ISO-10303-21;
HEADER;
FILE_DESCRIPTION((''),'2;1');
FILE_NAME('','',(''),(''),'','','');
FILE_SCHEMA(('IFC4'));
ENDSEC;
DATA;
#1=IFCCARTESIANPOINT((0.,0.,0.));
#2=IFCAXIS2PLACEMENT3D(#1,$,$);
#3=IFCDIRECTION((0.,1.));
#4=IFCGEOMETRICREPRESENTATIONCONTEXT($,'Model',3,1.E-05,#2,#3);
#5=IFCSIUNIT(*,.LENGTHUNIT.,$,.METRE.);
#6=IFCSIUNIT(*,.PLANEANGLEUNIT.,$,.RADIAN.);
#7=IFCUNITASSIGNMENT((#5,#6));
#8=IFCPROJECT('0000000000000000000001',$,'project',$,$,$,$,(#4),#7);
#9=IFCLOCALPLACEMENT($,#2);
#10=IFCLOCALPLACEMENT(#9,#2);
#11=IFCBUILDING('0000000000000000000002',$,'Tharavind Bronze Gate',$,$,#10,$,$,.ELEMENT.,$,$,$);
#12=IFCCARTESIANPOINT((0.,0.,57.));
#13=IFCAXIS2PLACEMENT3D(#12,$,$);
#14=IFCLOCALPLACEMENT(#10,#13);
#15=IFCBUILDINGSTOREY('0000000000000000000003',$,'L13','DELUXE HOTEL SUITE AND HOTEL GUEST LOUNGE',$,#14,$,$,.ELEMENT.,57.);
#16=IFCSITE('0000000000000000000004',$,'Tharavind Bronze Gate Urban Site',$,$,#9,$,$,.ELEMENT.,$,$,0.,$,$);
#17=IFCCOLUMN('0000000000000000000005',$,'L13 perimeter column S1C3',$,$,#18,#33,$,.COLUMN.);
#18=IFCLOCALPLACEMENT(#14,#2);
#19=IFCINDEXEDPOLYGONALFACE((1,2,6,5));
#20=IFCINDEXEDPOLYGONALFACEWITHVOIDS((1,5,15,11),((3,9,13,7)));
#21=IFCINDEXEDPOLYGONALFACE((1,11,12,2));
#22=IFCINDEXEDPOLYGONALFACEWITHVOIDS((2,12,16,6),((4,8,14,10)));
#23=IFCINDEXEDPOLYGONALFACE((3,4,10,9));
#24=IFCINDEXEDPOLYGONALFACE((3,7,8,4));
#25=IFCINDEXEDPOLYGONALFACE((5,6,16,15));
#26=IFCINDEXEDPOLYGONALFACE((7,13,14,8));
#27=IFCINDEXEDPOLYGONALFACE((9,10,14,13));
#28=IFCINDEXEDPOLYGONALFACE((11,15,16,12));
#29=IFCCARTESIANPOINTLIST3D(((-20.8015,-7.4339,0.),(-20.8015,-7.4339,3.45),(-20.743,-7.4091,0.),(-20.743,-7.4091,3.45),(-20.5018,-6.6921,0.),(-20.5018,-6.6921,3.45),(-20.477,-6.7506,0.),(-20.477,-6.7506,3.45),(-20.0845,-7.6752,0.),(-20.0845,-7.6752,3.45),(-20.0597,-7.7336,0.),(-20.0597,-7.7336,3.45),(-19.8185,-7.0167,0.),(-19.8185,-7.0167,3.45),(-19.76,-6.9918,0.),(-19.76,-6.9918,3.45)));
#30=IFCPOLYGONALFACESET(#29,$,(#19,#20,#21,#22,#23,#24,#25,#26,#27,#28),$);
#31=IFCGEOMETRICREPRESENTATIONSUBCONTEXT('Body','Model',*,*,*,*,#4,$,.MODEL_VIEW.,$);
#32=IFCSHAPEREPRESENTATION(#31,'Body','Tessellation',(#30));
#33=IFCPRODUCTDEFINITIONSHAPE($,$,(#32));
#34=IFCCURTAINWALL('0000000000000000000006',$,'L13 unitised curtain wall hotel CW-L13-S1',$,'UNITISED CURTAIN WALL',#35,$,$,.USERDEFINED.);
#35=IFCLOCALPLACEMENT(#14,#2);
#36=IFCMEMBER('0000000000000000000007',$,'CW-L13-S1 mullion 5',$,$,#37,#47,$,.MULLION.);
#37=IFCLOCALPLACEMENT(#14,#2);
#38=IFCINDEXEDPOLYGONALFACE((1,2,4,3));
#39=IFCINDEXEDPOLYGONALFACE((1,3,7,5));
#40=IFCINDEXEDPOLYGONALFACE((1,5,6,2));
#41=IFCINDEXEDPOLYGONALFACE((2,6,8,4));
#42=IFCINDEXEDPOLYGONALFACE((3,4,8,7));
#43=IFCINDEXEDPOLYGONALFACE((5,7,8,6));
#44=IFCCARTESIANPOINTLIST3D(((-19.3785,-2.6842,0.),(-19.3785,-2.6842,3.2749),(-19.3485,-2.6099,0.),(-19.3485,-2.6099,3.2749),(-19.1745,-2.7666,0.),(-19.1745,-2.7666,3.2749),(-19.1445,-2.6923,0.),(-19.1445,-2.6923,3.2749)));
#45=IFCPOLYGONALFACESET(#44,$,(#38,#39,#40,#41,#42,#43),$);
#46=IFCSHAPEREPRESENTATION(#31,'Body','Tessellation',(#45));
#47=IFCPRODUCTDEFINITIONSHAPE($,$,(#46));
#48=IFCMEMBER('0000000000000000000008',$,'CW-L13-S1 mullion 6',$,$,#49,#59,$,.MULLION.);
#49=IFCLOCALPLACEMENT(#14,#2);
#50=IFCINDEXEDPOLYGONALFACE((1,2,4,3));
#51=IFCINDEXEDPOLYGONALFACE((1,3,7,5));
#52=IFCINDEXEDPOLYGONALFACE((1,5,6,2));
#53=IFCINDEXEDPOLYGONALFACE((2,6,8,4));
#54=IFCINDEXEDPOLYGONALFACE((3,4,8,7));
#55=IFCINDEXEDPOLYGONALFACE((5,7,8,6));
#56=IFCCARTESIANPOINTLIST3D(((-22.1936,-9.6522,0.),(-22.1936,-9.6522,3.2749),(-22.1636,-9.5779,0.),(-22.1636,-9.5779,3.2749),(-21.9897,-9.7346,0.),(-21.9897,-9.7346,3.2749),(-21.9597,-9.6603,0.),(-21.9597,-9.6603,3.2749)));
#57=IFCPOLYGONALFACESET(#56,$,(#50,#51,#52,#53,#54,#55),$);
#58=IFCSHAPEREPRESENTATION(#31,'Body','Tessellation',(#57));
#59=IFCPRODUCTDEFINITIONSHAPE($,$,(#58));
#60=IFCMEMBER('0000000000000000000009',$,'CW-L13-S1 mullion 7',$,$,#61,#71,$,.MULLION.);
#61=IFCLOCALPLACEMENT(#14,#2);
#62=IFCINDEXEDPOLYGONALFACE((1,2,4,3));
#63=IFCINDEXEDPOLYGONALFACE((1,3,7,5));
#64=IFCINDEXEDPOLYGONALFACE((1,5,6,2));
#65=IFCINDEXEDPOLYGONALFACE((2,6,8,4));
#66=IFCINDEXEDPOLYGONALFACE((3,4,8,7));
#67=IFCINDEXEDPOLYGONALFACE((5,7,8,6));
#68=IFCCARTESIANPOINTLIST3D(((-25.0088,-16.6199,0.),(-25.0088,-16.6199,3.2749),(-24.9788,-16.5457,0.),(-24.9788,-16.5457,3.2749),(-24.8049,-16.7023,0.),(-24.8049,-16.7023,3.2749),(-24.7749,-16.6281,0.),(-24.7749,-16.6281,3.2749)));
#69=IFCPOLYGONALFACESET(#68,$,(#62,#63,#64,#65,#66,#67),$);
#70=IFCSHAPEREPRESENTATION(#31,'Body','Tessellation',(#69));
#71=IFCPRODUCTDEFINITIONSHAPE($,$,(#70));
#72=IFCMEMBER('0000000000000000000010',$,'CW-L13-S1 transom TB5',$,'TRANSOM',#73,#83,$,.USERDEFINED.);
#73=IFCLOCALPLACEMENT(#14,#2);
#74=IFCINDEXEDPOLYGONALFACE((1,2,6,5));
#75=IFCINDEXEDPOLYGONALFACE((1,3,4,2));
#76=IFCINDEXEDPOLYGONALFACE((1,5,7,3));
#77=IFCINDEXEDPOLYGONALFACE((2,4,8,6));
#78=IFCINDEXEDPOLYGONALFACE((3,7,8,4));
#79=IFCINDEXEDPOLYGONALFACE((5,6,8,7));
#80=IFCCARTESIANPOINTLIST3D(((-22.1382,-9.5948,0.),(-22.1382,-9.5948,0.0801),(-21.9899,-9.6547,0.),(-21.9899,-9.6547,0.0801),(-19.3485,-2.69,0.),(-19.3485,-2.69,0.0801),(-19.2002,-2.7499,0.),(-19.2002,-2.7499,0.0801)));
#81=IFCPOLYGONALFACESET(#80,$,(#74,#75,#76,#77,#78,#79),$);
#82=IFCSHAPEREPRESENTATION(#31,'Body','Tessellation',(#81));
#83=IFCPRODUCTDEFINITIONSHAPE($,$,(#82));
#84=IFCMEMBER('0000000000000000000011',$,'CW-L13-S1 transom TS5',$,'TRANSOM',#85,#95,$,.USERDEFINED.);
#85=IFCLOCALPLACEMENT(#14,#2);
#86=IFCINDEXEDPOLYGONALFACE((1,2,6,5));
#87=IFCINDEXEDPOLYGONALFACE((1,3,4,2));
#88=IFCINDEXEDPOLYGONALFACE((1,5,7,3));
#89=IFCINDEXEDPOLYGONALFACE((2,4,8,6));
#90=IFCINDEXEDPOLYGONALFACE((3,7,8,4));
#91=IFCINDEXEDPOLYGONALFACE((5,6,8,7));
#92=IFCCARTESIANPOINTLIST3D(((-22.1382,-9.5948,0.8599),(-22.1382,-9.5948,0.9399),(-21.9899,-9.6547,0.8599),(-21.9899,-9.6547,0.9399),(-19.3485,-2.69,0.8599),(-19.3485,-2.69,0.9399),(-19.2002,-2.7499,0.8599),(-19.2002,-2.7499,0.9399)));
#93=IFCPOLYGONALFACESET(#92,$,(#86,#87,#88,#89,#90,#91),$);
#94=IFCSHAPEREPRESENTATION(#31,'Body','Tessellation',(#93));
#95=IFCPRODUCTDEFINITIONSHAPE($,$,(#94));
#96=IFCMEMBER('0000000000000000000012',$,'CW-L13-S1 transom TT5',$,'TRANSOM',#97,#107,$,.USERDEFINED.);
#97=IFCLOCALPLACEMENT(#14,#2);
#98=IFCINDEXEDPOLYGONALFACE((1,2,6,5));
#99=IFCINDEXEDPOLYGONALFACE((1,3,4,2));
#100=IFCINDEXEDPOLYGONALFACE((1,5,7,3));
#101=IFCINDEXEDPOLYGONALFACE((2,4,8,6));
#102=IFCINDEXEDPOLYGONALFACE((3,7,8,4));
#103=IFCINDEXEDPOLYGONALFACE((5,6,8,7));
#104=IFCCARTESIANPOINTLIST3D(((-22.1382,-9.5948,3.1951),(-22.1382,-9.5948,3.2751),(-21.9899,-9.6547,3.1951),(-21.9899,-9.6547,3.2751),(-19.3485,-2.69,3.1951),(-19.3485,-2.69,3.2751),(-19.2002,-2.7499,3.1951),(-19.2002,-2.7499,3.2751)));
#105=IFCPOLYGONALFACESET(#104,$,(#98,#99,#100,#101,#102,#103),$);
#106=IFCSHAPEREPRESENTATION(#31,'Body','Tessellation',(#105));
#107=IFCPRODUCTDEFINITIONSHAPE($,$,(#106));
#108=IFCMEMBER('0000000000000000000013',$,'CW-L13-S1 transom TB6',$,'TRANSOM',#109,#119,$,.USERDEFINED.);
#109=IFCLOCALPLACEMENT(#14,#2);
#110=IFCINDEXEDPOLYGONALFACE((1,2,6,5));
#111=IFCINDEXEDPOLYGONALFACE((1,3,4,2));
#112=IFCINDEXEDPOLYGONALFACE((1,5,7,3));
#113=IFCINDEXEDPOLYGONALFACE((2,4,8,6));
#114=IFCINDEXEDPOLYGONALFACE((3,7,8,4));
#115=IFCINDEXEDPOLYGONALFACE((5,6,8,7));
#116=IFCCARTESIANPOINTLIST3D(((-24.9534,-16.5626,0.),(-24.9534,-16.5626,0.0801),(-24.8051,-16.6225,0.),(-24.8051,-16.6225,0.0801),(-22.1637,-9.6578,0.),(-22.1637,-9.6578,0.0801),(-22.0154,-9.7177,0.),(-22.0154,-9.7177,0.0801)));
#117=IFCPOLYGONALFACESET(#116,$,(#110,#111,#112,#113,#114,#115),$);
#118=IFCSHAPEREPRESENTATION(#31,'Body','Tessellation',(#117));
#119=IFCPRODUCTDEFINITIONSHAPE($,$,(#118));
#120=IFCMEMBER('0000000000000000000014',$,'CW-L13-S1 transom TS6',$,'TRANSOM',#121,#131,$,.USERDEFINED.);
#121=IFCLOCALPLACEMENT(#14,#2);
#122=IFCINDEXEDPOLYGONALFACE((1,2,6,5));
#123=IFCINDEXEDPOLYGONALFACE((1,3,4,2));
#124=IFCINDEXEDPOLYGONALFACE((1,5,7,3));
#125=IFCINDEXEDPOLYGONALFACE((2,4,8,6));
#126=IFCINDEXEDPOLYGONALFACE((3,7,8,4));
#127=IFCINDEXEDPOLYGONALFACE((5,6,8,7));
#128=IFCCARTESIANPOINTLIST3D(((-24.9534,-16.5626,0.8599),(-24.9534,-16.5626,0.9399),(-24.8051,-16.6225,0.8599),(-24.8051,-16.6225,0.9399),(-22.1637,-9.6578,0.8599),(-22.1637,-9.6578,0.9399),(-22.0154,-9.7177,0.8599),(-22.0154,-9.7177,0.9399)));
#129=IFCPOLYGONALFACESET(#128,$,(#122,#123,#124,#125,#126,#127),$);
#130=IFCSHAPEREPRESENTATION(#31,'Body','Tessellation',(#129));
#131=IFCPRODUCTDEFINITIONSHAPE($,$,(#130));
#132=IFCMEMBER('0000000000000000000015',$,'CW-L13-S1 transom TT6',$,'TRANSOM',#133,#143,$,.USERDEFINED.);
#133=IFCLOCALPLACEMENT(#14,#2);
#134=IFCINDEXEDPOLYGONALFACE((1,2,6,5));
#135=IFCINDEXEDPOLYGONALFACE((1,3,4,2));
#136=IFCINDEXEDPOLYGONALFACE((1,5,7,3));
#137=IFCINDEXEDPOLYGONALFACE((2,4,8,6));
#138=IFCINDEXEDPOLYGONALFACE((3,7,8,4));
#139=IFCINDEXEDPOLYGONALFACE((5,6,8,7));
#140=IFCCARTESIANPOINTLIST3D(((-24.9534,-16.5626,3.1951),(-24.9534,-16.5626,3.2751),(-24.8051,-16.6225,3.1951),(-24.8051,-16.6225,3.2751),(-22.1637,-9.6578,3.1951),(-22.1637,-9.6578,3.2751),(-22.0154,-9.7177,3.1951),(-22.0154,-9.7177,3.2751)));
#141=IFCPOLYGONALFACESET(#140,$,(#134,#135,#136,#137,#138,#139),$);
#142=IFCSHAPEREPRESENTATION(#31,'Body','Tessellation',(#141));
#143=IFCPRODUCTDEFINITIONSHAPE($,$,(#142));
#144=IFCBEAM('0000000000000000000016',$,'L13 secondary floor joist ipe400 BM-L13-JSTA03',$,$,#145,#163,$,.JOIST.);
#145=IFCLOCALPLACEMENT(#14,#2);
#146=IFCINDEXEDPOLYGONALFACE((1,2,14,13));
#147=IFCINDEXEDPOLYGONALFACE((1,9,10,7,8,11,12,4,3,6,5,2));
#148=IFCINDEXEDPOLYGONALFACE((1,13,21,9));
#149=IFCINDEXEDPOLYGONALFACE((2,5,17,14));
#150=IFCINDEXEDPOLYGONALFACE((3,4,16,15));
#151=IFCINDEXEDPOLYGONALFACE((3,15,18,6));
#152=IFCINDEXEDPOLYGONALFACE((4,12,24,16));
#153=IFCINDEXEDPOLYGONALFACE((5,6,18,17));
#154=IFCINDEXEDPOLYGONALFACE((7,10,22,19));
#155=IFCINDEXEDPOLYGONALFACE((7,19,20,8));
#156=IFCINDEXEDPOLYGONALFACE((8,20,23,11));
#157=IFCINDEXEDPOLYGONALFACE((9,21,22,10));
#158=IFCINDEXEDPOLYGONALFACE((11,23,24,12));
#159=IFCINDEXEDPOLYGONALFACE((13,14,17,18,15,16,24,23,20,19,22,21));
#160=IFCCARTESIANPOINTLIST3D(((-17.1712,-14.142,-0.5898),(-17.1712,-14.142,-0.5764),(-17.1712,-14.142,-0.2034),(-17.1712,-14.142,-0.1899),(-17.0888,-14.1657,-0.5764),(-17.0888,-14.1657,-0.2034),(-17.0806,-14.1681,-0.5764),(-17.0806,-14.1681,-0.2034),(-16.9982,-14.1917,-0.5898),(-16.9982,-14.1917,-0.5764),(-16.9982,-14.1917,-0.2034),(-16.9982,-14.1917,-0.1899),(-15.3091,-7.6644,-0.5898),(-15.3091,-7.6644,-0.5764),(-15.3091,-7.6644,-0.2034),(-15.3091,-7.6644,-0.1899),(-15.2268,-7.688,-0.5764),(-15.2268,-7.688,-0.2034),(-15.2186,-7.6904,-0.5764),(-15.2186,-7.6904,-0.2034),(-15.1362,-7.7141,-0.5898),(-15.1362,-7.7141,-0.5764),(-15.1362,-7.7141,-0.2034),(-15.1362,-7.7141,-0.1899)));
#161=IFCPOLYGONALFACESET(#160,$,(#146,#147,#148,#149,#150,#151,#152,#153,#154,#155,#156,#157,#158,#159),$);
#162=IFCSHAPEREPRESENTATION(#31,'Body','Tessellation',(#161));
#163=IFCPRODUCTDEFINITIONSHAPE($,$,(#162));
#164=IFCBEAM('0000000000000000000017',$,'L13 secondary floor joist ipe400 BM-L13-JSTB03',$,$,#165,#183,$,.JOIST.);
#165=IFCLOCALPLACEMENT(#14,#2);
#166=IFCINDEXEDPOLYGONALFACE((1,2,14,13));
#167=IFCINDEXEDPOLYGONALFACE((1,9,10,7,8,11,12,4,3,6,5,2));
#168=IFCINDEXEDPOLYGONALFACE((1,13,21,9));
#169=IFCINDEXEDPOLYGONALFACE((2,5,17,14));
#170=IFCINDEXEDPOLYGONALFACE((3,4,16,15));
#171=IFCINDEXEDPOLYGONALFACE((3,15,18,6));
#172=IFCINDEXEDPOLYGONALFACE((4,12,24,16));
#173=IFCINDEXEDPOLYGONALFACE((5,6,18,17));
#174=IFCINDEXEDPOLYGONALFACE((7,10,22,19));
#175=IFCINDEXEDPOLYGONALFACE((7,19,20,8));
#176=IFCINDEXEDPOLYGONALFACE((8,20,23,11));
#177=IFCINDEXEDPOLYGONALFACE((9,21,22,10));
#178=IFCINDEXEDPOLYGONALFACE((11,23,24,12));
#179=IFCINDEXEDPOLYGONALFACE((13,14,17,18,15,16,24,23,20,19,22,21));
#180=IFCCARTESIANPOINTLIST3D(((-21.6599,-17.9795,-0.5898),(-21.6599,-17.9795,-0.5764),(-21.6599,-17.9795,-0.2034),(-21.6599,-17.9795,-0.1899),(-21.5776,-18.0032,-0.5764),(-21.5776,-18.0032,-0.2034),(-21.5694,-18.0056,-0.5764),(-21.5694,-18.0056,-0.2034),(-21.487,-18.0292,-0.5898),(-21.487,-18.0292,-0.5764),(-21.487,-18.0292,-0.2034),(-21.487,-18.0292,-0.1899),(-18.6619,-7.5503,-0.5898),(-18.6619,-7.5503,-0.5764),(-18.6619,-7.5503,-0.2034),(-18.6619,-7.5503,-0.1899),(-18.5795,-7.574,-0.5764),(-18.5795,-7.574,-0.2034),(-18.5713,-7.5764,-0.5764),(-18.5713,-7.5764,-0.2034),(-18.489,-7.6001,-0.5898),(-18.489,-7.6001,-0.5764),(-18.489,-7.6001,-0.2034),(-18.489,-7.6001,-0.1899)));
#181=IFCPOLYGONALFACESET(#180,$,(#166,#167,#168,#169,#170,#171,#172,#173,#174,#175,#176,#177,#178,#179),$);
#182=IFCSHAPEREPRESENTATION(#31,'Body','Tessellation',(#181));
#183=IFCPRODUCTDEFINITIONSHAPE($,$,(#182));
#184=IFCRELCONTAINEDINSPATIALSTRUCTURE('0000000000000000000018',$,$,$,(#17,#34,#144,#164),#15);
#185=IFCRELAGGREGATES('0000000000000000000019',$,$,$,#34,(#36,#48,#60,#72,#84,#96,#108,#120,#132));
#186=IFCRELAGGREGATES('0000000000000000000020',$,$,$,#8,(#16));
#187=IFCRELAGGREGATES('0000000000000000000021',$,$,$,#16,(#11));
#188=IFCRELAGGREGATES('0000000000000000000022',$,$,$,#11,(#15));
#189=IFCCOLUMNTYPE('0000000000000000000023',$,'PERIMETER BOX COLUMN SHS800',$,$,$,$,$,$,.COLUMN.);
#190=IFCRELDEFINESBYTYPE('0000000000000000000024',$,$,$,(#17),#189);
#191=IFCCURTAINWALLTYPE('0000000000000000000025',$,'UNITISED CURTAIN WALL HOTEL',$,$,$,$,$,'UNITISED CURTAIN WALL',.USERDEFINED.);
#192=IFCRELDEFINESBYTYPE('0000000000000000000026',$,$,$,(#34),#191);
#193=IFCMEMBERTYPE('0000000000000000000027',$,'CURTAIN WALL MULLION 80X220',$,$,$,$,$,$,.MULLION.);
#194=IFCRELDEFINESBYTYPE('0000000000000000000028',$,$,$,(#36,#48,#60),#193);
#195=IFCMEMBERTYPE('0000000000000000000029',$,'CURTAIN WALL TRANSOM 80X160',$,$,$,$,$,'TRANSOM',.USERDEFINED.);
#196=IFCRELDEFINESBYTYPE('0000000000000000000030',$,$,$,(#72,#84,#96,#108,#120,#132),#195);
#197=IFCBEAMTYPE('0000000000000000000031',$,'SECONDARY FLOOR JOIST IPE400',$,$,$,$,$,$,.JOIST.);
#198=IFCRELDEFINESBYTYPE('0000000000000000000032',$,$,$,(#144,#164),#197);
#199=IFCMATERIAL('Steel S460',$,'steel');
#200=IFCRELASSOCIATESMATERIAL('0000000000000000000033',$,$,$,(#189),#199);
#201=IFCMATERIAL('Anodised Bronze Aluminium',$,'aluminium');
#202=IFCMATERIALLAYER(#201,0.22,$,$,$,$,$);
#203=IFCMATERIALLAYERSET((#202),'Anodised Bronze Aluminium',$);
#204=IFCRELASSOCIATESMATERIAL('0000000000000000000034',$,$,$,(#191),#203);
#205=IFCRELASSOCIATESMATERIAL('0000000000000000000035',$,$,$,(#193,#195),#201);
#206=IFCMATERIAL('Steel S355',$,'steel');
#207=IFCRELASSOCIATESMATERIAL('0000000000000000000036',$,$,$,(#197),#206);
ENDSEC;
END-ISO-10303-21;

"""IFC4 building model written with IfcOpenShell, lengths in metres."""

from ifc_helpers import new_model, si_unit, direction, frame, origin, origin_2d, place, context, subcontext, project, spatial, rectangle, hollow_rectangle, i_section, extrude, material, layer, layer_set, material_profile, profile_set, type_object, element, aggregate, save


model = new_model("IFC4")

# Units and contexts
model_context = context("Model", 3, precision=1e-05, world=origin(), true_north=direction((0.0, 1.0)))
body_context = subcontext(model_context, "Body", "Model", "MODEL_VIEW")
ifc_project = project(units=[si_unit("LENGTHUNIT", "METRE"), si_unit("PLANEANGLEUNIT", "RADIAN")], contexts=[model_context])

# Site, building, storey
site_placement = place(None, origin())
site = spatial("IfcSite", under=ifc_project, at=site_placement, Name="Tharavind Bronze Gate Urban Site", CompositionType="ELEMENT", RefElevation=0.0)
building_placement = place(site_placement, origin())
building = spatial("IfcBuilding", under=site, at=building_placement, Name="Tharavind Bronze Gate", CompositionType="ELEMENT")
storey_placement = place(building_placement, frame((0.0, 0.0, 57.0)))
storey = spatial("IfcBuildingStorey", under=building, at=storey_placement, Name="L13", Description="DELUXE HOTEL SUITE AND HOTEL GUEST LOUNGE", CompositionType="ELEMENT", Elevation=57.0)

# Column
ifc_material_1 = material(Name="Steel S460", Category="steel")
ifc_material_profile_1 = material_profile(ifc_material_1, hollow_rectangle(XDim=0.8, YDim=0.8, WallThickness=0.0449, at=origin_2d()), Name="SHS800X45")
ifc_profile_set_1 = profile_set([ifc_material_profile_1], Name="Steel S460")
column_type = type_object("IfcColumnType", Name="PERIMETER BOX COLUMN SHS800", PredefinedType="COLUMN", material=ifc_profile_set_1)
column_placement = place(storey_placement, frame((-20.2808, -7.2129, 0.0), z_axis=(0.0, 0.0, 1.0), x_axis=(0.374608, 0.927183, 0.0)))
element("IfcColumn", 1, at=column_placement, inside=storey, type_object=column_type, Name="L13 perimeter column S1C3", PredefinedType="COLUMN", context=body_context, shape_type="SweptSolid", body=[
    extrude(hollow_rectangle(XDim=0.8, YDim=0.8, WallThickness=0.0449, at=origin_2d()), origin(), (0.0, 0.0, 1.0), 3.45),
])

# Curtain wall, members
ifc_material_2 = material(Name="Anodised Bronze Aluminium", Category="aluminium")
ifc_layer_1 = layer(ifc_material_2, 0.22)
ifc_layer_set_1 = layer_set([ifc_layer_1], Name="Anodised Bronze Aluminium")
curtain_wall_type = type_object("IfcCurtainWallType", Name="UNITISED CURTAIN WALL HOTEL", ElementType="UNITISED CURTAIN WALL", PredefinedType="USERDEFINED", material=ifc_layer_set_1)
curtain_wall_placement = place(storey_placement, origin())
curtain_wall = element("IfcCurtainWall", 2, at=curtain_wall_placement, inside=storey, type_object=curtain_wall_type, Name="L13 unitised curtain wall hotel CW-L13-S1", ObjectType="UNITISED CURTAIN WALL", PredefinedType="USERDEFINED")
member_type_1 = type_object("IfcMemberType", Name="CURTAIN WALL MULLION 80X220", PredefinedType="MULLION", material=ifc_material_2)
member_1_placement = place(storey_placement, frame((-19.2615, -2.6882, 0.0), z_axis=(0.0, 0.0, 1.0), x_axis=(-0.374607, -0.927184, 0.0)))
member_1 = element("IfcMember", 3, at=member_1_placement, type_object=member_type_1, Name="CW-L13-S1 mullion 5", PredefinedType="MULLION", context=body_context, shape_type="SweptSolid", body=[
    extrude(rectangle(XDim=0.0801, YDim=0.22, at=origin_2d()), origin(), (0.0, 0.0, 1.0), 3.2749),
])
member_2_placement = place(storey_placement, frame((-22.0767, -9.6562, 0.0), z_axis=(0.0, 0.0, 1.0), x_axis=(-0.374607, -0.927184, 0.0)))
member_2 = element("IfcMember", 4, at=member_2_placement, type_object=member_type_1, Name="CW-L13-S1 mullion 6", PredefinedType="MULLION", context=body_context, shape_type="SweptSolid", body=[
    extrude(rectangle(XDim=0.0801, YDim=0.22, at=origin_2d()), origin(), (0.0, 0.0, 1.0), 3.2749),
])
member_3_placement = place(storey_placement, frame((-24.8918, -16.624, 0.0), z_axis=(0.0, 0.0, 1.0), x_axis=(-0.374607, -0.927184, 0.0)))
member_3 = element("IfcMember", 5, at=member_3_placement, type_object=member_type_1, Name="CW-L13-S1 mullion 7", PredefinedType="MULLION", context=body_context, shape_type="SweptSolid", body=[
    extrude(rectangle(XDim=0.0801, YDim=0.22, at=origin_2d()), origin(), (0.0, 0.0, 1.0), 3.2749),
])
member_type_2 = type_object("IfcMemberType", Name="CURTAIN WALL TRANSOM 80X160", ElementType="TRANSOM", PredefinedType="USERDEFINED", material=ifc_material_2)
member_4_placement = place(storey_placement, frame((-20.6692, -6.1724, 0.0), z_axis=(0.0, 0.0, 1.0), x_axis=(-0.374607, -0.927184, 0.0)))
member_4 = element("IfcMember", 6, at=member_4_placement, type_object=member_type_2, Name="CW-L13-S1 transom TB5", ObjectType="TRANSOM", PredefinedType="USERDEFINED", context=body_context, shape_type="SweptSolid", body=[
    extrude(rectangle(XDim=7.447, YDim=0.1599, at=origin_2d()), origin(), (0.0, 0.0, 1.0), 0.0801),
])
member_5_placement = place(storey_placement, frame((-20.6692, -6.1724, 0.8599), z_axis=(0.0, 0.0, 1.0), x_axis=(-0.374607, -0.927184, 0.0)))
member_5 = element("IfcMember", 7, at=member_5_placement, type_object=member_type_2, Name="CW-L13-S1 transom TS5", ObjectType="TRANSOM", PredefinedType="USERDEFINED", context=body_context, shape_type="SweptSolid", body=[
    extrude(rectangle(XDim=7.447, YDim=0.1599, at=origin_2d()), origin(), (0.0, 0.0, 1.0), 0.0801),
])
member_6_placement = place(storey_placement, frame((-20.6692, -6.1724, 3.1951), z_axis=(0.0, 0.0, 1.0), x_axis=(-0.374607, -0.927184, 0.0)))
member_6 = element("IfcMember", 8, at=member_6_placement, type_object=member_type_2, Name="CW-L13-S1 transom TT5", ObjectType="TRANSOM", PredefinedType="USERDEFINED", context=body_context, shape_type="SweptSolid", body=[
    extrude(rectangle(XDim=7.447, YDim=0.1599, at=origin_2d()), origin(), (0.0, 0.0, 1.0), 0.0801),
])
member_7_placement = place(storey_placement, frame((-23.4844, -13.1401, 0.0), z_axis=(0.0, 0.0, 1.0), x_axis=(-0.374607, -0.927184, 0.0)))
member_7 = element("IfcMember", 9, at=member_7_placement, type_object=member_type_2, Name="CW-L13-S1 transom TB6", ObjectType="TRANSOM", PredefinedType="USERDEFINED", context=body_context, shape_type="SweptSolid", body=[
    extrude(rectangle(XDim=7.447, YDim=0.1599, at=origin_2d()), origin(), (0.0, 0.0, 1.0), 0.0801),
])
member_8_placement = place(storey_placement, frame((-23.4844, -13.1401, 0.8599), z_axis=(0.0, 0.0, 1.0), x_axis=(-0.374607, -0.927184, 0.0)))
member_8 = element("IfcMember", 10, at=member_8_placement, type_object=member_type_2, Name="CW-L13-S1 transom TS6", ObjectType="TRANSOM", PredefinedType="USERDEFINED", context=body_context, shape_type="SweptSolid", body=[
    extrude(rectangle(XDim=7.447, YDim=0.1599, at=origin_2d()), origin(), (0.0, 0.0, 1.0), 0.0801),
])
member_9_placement = place(storey_placement, frame((-23.4844, -13.1401, 3.1951), z_axis=(0.0, 0.0, 1.0), x_axis=(-0.374607, -0.927184, 0.0)))
member_9 = element("IfcMember", 11, at=member_9_placement, type_object=member_type_2, Name="CW-L13-S1 transom TT6", ObjectType="TRANSOM", PredefinedType="USERDEFINED", context=body_context, shape_type="SweptSolid", body=[
    extrude(rectangle(XDim=7.447, YDim=0.1599, at=origin_2d()), origin(), (0.0, 0.0, 1.0), 0.0801),
])

# Beams
ifc_material_3 = material(Name="Steel S355", Category="steel")
ifc_material_profile_2 = material_profile(ifc_material_3, i_section(OverallWidth=0.1799, OverallDepth=0.3999, WebThickness=0.0085, FlangeThickness=0.0134, at=origin_2d()), Name="IPE400")
ifc_profile_set_2 = profile_set([ifc_material_profile_2], Name="Steel S355")
beam_type_1 = type_object("IfcBeamType", Name="SECONDARY FLOOR JOIST IPE400", PredefinedType="JOIST", material=ifc_profile_set_2)
beam_1_placement = place(storey_placement, frame((-15.2227, -7.6892, -0.3899), z_axis=(-0.276266, -0.961081, 0.0), x_axis=(0.961081, -0.276266, 0.0)))
element("IfcBeam", 12, at=beam_1_placement, inside=storey, type_object=beam_type_1, Name="L13 secondary floor joist ipe400 BM-L13-JSTA03", PredefinedType="JOIST", context=body_context, shape_type="SweptSolid", body=[
    extrude(i_section(OverallWidth=0.1799, OverallDepth=0.3999, WebThickness=0.0085, FlangeThickness=0.0134, at=origin_2d()), origin(), (0.0, 0.0, 1.0), 6.74),
])
beam_2_placement = place(storey_placement, frame((-18.5754, -7.5752, -0.3899), z_axis=(-0.276278, -0.961078, 0.0), x_axis=(0.961078, -0.276278, 0.0)))
element("IfcBeam", 13, at=beam_2_placement, inside=storey, type_object=beam_type_1, Name="L13 secondary floor joist ipe400 BM-L13-JSTB03", PredefinedType="JOIST", context=body_context, shape_type="SweptSolid", body=[
    extrude(i_section(OverallWidth=0.1799, OverallDepth=0.3999, WebThickness=0.0085, FlangeThickness=0.0134, at=origin_2d()), origin(), (0.0, 0.0, 1.0), 10.8516),
])

aggregate(curtain_wall, [member_1, member_2, member_3, member_4, member_5, member_6, member_7, member_8, member_9])

save(model, "model.ifc")
